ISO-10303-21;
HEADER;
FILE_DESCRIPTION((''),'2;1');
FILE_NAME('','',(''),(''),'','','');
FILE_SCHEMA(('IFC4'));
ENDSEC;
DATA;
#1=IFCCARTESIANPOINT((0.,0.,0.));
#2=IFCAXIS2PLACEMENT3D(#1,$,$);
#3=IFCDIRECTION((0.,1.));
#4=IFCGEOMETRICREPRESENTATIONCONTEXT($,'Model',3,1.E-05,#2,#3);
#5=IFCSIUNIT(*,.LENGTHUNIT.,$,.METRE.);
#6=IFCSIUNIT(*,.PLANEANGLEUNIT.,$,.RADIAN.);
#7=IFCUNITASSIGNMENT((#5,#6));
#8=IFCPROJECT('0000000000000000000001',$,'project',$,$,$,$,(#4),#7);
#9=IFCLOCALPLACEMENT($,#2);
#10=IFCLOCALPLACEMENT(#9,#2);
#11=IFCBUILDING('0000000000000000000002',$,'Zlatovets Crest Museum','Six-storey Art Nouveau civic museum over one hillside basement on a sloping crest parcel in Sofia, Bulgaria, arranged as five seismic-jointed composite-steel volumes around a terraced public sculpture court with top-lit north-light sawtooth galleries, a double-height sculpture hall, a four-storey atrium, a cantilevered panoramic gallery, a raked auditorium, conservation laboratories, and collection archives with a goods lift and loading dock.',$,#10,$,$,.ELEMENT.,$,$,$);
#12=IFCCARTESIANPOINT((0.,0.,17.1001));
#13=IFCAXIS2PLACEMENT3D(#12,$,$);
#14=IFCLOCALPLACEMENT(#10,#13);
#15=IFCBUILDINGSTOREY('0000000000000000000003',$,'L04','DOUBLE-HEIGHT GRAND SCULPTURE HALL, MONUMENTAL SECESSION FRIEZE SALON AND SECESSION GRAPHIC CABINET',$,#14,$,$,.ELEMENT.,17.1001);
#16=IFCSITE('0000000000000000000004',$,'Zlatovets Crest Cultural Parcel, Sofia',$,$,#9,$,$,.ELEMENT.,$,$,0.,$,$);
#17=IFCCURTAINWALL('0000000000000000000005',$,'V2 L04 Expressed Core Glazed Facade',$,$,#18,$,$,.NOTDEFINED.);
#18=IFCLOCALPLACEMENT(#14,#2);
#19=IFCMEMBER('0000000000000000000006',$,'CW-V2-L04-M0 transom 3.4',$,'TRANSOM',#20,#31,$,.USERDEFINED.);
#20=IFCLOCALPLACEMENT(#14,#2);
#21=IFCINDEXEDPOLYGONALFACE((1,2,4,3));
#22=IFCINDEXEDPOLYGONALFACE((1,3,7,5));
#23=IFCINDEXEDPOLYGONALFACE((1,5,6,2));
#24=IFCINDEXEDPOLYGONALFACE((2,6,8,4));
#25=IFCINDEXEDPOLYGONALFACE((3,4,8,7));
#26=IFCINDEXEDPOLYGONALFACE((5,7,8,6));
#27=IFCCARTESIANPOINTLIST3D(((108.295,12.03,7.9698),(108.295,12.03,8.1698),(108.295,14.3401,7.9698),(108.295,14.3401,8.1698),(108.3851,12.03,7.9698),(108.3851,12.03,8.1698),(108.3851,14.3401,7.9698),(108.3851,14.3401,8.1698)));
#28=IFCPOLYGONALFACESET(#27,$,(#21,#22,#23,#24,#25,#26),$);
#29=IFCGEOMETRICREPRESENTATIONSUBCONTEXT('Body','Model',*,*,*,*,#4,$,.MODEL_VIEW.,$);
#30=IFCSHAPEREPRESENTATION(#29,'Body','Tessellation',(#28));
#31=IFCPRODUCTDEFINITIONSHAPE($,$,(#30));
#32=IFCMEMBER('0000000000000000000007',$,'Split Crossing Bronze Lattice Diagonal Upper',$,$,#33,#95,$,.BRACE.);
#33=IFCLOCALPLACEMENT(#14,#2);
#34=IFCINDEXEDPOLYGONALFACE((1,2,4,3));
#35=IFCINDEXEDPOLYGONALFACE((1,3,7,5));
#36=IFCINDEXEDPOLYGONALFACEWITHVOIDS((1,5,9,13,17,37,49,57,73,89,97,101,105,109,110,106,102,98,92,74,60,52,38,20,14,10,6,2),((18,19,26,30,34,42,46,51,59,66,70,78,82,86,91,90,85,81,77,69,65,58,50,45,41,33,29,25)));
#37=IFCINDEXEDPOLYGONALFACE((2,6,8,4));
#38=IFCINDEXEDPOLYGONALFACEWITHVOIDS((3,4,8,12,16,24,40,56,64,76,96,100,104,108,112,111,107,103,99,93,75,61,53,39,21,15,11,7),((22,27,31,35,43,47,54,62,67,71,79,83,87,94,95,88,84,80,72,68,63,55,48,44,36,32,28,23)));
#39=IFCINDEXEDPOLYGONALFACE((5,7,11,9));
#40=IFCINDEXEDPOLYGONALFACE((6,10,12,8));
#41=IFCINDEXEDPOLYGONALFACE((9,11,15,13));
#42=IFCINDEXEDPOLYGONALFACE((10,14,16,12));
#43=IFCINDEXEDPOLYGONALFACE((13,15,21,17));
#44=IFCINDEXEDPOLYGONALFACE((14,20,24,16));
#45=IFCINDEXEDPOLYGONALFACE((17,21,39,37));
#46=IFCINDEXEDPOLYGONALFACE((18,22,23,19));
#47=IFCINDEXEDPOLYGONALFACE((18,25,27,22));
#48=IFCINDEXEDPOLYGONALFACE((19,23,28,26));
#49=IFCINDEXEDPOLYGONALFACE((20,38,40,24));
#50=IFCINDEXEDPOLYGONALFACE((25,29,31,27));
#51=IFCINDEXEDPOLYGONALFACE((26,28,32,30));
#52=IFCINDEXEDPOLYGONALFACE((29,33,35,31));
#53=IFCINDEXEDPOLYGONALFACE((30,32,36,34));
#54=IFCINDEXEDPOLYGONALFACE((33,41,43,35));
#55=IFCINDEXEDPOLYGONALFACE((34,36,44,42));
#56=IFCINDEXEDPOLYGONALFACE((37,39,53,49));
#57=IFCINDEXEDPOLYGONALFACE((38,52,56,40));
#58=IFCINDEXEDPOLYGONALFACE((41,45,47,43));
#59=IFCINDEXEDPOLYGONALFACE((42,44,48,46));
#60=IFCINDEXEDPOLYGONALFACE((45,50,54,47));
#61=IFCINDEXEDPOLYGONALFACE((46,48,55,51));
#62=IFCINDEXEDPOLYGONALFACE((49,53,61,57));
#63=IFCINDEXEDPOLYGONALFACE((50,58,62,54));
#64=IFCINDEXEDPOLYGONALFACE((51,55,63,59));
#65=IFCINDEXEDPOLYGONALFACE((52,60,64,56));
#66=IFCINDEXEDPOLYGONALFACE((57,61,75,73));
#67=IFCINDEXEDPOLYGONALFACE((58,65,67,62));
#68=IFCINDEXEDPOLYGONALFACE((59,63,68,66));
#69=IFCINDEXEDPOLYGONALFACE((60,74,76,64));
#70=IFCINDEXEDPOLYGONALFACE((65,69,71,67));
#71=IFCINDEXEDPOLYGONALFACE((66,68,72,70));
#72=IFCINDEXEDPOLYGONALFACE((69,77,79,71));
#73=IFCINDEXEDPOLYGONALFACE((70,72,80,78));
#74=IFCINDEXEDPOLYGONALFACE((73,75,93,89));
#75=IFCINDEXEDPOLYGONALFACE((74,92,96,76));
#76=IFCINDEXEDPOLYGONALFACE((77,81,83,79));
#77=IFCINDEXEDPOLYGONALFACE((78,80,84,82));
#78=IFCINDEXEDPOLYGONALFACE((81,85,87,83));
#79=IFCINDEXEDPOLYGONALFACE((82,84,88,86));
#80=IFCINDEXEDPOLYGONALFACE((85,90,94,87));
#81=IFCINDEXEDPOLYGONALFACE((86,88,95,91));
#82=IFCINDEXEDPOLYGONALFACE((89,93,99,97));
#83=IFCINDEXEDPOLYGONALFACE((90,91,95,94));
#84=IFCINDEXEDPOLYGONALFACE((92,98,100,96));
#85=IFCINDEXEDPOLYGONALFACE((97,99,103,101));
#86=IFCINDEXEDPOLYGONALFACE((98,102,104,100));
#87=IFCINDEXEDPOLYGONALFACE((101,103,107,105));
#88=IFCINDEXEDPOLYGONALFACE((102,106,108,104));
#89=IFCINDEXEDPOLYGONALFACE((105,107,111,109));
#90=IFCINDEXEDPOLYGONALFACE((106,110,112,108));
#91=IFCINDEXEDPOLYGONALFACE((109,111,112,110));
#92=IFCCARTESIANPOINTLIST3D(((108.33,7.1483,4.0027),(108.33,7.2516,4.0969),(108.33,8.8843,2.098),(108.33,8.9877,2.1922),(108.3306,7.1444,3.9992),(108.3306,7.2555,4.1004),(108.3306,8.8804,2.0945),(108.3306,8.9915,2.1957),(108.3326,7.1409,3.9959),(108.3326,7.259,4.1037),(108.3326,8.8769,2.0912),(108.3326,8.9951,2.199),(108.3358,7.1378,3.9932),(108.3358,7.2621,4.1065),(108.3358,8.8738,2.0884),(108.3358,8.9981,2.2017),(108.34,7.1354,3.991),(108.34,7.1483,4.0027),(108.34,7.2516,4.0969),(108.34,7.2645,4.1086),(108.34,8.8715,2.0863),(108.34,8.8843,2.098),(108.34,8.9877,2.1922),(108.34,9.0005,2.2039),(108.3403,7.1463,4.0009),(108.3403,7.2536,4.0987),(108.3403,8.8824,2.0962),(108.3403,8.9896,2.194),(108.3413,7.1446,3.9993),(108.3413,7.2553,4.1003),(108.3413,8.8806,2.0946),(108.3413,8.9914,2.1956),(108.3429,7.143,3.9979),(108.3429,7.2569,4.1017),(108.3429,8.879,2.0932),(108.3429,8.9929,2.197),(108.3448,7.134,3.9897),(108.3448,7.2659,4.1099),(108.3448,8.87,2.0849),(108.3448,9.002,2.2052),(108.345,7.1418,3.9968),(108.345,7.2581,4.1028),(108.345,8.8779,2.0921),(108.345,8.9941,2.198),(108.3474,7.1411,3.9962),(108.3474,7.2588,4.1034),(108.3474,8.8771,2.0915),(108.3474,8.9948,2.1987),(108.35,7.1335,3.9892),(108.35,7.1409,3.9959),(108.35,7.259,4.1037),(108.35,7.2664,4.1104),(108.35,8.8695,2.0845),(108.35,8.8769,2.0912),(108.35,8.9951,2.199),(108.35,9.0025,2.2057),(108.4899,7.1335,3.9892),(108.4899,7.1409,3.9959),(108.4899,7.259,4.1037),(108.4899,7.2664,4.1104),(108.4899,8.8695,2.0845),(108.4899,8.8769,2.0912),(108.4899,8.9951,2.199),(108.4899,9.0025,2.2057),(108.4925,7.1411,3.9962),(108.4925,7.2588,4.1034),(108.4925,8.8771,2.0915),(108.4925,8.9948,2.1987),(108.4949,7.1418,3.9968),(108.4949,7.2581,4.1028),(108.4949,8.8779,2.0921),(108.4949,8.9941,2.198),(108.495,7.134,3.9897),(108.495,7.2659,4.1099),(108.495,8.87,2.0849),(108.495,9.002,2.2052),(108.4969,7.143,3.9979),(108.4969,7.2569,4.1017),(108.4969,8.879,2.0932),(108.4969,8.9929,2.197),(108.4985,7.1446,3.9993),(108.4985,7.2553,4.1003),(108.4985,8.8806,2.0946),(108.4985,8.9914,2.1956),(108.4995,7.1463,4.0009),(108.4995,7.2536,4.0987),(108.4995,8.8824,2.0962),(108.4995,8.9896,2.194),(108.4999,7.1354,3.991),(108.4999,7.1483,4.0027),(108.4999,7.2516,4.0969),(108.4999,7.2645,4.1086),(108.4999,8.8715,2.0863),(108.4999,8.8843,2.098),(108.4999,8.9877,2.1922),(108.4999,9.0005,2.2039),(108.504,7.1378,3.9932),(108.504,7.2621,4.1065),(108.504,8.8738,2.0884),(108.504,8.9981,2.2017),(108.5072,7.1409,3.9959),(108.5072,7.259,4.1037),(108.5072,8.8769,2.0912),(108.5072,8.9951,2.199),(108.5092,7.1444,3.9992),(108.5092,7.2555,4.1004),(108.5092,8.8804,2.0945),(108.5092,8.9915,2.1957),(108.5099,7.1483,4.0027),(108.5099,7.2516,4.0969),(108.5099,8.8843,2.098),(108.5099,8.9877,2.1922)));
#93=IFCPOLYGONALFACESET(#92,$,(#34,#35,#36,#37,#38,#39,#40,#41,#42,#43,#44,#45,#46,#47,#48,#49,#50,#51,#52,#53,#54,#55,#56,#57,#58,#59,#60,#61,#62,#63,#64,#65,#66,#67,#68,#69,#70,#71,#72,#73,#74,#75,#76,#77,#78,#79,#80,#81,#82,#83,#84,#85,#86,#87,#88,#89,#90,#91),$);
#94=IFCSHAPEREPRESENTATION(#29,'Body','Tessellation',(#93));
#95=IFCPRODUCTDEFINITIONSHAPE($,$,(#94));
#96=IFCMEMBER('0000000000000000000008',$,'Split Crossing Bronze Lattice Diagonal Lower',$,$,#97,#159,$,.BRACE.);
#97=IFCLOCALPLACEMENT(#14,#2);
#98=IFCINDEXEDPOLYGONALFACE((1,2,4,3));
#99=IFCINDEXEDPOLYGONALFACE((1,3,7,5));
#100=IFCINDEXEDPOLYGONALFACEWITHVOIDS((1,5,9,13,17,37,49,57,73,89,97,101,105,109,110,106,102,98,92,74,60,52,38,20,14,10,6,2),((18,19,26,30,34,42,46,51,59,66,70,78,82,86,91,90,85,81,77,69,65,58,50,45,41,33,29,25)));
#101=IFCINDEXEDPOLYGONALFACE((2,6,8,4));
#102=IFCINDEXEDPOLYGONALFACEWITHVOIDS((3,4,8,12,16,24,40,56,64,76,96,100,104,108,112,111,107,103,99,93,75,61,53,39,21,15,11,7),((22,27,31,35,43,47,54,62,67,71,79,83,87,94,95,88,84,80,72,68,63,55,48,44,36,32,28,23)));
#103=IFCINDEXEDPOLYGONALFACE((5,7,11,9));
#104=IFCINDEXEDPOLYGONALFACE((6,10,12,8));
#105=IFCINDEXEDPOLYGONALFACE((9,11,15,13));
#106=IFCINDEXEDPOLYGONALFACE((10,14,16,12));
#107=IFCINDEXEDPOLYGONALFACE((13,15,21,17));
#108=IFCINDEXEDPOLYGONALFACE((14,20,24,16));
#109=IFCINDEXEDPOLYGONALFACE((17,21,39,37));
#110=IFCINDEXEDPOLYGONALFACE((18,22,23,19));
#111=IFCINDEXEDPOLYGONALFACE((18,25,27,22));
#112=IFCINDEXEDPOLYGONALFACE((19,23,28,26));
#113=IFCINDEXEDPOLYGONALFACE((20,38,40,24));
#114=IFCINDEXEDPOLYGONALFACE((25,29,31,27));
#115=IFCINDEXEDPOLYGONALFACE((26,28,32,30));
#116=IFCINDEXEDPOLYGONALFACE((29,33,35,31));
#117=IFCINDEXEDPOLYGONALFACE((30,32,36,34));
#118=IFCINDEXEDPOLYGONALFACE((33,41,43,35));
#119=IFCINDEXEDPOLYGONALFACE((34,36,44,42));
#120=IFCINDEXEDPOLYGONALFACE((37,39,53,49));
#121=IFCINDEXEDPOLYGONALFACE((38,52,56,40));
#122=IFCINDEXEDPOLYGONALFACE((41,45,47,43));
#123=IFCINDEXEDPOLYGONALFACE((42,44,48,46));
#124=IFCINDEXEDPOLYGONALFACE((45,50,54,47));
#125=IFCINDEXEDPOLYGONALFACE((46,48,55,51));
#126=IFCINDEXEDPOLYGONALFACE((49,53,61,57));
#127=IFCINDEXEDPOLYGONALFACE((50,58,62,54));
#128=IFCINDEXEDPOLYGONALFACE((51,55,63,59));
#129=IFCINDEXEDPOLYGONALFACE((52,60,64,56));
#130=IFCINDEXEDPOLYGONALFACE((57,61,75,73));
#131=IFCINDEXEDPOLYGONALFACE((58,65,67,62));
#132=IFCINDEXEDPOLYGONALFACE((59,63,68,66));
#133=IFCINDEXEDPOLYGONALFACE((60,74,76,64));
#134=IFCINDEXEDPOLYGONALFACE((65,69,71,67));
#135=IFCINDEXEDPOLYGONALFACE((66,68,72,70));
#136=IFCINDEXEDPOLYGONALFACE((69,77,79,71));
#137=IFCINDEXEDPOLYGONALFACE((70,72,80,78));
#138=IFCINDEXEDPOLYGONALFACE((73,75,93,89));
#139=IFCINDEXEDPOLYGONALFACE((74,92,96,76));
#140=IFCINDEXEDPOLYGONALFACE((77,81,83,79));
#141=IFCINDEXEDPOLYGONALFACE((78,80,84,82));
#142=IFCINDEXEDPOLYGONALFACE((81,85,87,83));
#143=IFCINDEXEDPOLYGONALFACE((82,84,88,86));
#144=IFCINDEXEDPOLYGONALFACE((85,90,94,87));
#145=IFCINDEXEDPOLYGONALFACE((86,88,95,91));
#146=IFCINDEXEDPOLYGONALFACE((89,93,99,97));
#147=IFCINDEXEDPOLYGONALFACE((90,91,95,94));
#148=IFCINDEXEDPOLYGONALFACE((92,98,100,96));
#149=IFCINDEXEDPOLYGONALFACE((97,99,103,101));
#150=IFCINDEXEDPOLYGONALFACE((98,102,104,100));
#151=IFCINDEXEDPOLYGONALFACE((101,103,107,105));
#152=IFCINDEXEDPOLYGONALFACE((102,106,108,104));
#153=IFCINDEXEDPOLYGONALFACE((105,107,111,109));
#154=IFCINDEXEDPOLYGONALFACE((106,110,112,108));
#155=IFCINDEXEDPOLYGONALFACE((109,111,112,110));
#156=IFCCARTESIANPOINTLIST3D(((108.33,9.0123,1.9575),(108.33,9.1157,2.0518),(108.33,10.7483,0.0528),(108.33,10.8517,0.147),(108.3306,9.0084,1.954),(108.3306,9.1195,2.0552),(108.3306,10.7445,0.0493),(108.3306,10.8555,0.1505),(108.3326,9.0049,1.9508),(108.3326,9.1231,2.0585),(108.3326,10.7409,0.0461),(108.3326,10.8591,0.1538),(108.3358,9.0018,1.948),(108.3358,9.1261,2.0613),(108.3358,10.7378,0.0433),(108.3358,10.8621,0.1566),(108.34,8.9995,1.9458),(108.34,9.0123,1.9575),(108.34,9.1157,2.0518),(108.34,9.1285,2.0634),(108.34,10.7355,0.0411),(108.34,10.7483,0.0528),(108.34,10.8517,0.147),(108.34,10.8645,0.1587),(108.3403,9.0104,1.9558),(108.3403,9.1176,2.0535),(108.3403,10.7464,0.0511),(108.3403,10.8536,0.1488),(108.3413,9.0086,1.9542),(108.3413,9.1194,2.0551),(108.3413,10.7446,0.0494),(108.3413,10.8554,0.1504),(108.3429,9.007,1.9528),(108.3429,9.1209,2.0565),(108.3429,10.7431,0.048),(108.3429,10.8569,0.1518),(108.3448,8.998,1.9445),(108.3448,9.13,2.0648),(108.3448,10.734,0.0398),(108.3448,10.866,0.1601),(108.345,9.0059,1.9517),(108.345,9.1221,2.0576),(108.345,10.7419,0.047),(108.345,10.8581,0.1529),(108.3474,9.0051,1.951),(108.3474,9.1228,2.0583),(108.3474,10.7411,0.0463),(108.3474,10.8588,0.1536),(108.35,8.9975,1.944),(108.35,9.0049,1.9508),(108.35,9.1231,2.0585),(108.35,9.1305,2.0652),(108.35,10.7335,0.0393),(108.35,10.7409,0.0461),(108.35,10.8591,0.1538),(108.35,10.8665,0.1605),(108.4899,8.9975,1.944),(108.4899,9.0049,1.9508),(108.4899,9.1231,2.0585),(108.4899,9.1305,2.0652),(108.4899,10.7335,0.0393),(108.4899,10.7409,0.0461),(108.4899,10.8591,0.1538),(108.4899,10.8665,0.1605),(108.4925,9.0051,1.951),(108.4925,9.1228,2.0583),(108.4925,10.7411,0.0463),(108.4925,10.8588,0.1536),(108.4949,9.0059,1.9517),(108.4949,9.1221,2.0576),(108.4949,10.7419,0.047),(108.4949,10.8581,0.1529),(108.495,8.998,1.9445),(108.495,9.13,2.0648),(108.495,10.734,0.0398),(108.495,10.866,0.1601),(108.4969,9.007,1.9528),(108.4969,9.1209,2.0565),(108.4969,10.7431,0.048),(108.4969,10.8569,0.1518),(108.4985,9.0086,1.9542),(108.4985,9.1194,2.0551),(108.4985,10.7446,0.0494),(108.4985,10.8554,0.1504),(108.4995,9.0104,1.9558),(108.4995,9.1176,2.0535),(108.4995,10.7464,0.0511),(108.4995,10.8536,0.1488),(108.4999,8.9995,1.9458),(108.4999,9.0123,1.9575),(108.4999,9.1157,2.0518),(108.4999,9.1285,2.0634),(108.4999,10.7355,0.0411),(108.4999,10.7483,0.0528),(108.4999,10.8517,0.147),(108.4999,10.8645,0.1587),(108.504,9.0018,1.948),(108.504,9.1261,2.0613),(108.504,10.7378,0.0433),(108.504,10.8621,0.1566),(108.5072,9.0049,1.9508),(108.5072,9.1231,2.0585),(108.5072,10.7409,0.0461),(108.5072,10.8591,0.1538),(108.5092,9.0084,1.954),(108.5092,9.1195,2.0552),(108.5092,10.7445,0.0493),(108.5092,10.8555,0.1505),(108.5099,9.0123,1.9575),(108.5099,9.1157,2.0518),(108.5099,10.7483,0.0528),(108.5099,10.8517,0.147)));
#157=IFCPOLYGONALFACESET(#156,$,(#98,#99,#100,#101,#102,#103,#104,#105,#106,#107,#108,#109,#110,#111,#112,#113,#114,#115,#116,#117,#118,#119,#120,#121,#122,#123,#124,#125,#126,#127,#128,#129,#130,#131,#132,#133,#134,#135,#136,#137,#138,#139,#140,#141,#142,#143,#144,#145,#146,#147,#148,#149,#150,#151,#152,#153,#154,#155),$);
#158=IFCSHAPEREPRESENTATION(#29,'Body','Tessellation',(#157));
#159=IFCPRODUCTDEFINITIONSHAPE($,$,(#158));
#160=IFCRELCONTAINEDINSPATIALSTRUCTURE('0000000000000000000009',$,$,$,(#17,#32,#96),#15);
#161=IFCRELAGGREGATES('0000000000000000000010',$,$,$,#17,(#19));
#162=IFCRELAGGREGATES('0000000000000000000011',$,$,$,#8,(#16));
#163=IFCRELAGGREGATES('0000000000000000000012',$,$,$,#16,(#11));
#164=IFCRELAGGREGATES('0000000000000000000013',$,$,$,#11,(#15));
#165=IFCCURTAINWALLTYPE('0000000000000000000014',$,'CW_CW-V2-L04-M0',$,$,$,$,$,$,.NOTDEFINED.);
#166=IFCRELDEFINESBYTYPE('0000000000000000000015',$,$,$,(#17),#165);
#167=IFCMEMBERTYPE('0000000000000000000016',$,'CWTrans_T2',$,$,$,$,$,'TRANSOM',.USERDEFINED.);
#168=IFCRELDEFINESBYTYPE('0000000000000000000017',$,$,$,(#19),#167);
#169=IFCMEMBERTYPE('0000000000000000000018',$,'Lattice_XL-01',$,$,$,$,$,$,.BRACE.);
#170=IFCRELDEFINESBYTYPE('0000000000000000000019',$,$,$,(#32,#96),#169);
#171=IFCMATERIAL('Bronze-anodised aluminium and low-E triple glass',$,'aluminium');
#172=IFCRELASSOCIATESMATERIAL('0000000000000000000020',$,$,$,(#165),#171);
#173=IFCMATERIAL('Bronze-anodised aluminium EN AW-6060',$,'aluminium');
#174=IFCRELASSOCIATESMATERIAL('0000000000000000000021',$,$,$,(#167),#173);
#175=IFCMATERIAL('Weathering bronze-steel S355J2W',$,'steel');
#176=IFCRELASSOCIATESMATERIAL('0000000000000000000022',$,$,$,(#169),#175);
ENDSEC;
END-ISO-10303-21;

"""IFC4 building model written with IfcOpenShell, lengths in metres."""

from ifc_helpers import new_model, si_unit, direction, frame, origin, origin_2d, place, context, subcontext, project, spatial, rectangle, hollow_rectangle, extrude, material, material_profile, profile_set, type_object, element, aggregate, save


model = new_model("IFC4")

# Units and contexts
model_context = context("Model", 3, precision=1e-05, world=origin(), true_north=direction((0.0, 1.0)))
body_context = subcontext(model_context, "Body", "Model", "MODEL_VIEW")
ifc_project = project(units=[si_unit("LENGTHUNIT", "METRE"), si_unit("PLANEANGLEUNIT", "RADIAN")], contexts=[model_context])

# Site, building, storey
site_placement = place(None, origin())
site = spatial("IfcSite", under=ifc_project, at=site_placement, Name="Zlatovets Crest Cultural Parcel, Sofia", CompositionType="ELEMENT", RefElevation=0.0)
building_placement = place(site_placement, origin())
building = spatial("IfcBuilding", under=site, at=building_placement, Name="Zlatovets Crest Museum", Description="Six-storey Art Nouveau civic museum over one hillside basement on a sloping crest parcel in Sofia, Bulgaria, arranged as five seismic-jointed composite-steel volumes around a terraced public sculpture court with top-lit north-light sawtooth galleries, a double-height sculpture hall, a four-storey atrium, a cantilevered panoramic gallery, a raked auditorium, conservation laboratories, and collection archives with a goods lift and loading dock.", CompositionType="ELEMENT")
storey_placement = place(building_placement, frame((0.0, 0.0, 17.1001)))
storey = spatial("IfcBuildingStorey", under=building, at=storey_placement, Name="L04", Description="DOUBLE-HEIGHT GRAND SCULPTURE HALL, MONUMENTAL SECESSION FRIEZE SALON AND SECESSION GRAPHIC CABINET", CompositionType="ELEMENT", Elevation=17.1001)

# Curtain wall, member
ifc_material_1 = material(Name="Bronze-anodised aluminium and low-E triple glass", Category="aluminium")
curtain_wall_type = type_object("IfcCurtainWallType", Name="CW_CW-V2-L04-M0", PredefinedType="NOTDEFINED", material=ifc_material_1)
curtain_wall_placement = place(storey_placement, origin())
curtain_wall = element("IfcCurtainWall", 1, at=curtain_wall_placement, inside=storey, type_object=curtain_wall_type, Name="V2 L04 Expressed Core Glazed Facade", PredefinedType="NOTDEFINED")
ifc_material_2 = material(Name="Bronze-anodised aluminium EN AW-6060", Category="aluminium")
ifc_material_profile_1 = material_profile(ifc_material_2, rectangle(XDim=0.0901, YDim=0.2, at=origin_2d()), Name="ALU 90x200")
ifc_profile_set_1 = profile_set([ifc_material_profile_1], Name="Bronze-anodised aluminium EN AW-6060")
member_type_1 = type_object("IfcMemberType", Name="CWTrans_T2", ElementType="TRANSOM", PredefinedType="USERDEFINED", material=ifc_profile_set_1)
member_1_placement = place(storey_placement, frame((108.3401, 12.03, 8.0698), z_axis=(0.0, 1.0, 0.0), x_axis=(-1.0, 0.0, 0.0)))
member_1 = element("IfcMember", 2, at=member_1_placement, type_object=member_type_1, Name="CW-V2-L04-M0 transom 3.4", ObjectType="TRANSOM", PredefinedType="USERDEFINED", context=body_context, shape_type="SweptSolid", body=[
    extrude(rectangle(XDim=0.0901, YDim=0.2, at=origin_2d()), origin(), (0.0, 0.0, 1.0), 2.3101),
])

# Members
ifc_material_3 = material(Name="Weathering bronze-steel S355J2W", Category="steel")
ifc_material_profile_2 = material_profile(ifc_material_3, hollow_rectangle(XDim=0.1799, YDim=0.1799, WallThickness=0.01, InnerFilletRadius=0.01, OuterFilletRadius=0.02, at=origin_2d()), Name="SHS 180x180x10.0")
ifc_profile_set_2 = profile_set([ifc_material_profile_2], Name="Weathering bronze-steel S355J2W")
member_type_2 = type_object("IfcMemberType", Name="Lattice_XL-01", PredefinedType="BRACE", material=ifc_profile_set_2)
for number, where, z_axis, x_axis, name in (
    (3, (108.4199, 7.2, 4.0498), (0.0, 0.67362, -0.739078), (-1.0, 0.0, 0.0), "Split Crossing Bronze Lattice Diagonal Upper"),
    (4, (108.4199, 9.064, 2.0046), (0.0, 0.67362, -0.739078), (-1.0, 0.0, 0.0), "Split Crossing Bronze Lattice Diagonal Lower"),
):
    element("IfcMember", number, at=place(storey_placement, frame(where, z_axis=z_axis, x_axis=x_axis)), inside=storey, type_object=member_type_2, Name=name, PredefinedType="BRACE", context=body_context, shape_type="SweptSolid", body=[
        extrude(hollow_rectangle(XDim=0.1799, YDim=0.1799, WallThickness=0.01, InnerFilletRadius=0.01, OuterFilletRadius=0.02, at=origin_2d()), origin(), (0.0, 0.0, 1.0), 2.5771),
    ])

aggregate(curtain_wall, [member_1])

save(model, "model.ifc")
